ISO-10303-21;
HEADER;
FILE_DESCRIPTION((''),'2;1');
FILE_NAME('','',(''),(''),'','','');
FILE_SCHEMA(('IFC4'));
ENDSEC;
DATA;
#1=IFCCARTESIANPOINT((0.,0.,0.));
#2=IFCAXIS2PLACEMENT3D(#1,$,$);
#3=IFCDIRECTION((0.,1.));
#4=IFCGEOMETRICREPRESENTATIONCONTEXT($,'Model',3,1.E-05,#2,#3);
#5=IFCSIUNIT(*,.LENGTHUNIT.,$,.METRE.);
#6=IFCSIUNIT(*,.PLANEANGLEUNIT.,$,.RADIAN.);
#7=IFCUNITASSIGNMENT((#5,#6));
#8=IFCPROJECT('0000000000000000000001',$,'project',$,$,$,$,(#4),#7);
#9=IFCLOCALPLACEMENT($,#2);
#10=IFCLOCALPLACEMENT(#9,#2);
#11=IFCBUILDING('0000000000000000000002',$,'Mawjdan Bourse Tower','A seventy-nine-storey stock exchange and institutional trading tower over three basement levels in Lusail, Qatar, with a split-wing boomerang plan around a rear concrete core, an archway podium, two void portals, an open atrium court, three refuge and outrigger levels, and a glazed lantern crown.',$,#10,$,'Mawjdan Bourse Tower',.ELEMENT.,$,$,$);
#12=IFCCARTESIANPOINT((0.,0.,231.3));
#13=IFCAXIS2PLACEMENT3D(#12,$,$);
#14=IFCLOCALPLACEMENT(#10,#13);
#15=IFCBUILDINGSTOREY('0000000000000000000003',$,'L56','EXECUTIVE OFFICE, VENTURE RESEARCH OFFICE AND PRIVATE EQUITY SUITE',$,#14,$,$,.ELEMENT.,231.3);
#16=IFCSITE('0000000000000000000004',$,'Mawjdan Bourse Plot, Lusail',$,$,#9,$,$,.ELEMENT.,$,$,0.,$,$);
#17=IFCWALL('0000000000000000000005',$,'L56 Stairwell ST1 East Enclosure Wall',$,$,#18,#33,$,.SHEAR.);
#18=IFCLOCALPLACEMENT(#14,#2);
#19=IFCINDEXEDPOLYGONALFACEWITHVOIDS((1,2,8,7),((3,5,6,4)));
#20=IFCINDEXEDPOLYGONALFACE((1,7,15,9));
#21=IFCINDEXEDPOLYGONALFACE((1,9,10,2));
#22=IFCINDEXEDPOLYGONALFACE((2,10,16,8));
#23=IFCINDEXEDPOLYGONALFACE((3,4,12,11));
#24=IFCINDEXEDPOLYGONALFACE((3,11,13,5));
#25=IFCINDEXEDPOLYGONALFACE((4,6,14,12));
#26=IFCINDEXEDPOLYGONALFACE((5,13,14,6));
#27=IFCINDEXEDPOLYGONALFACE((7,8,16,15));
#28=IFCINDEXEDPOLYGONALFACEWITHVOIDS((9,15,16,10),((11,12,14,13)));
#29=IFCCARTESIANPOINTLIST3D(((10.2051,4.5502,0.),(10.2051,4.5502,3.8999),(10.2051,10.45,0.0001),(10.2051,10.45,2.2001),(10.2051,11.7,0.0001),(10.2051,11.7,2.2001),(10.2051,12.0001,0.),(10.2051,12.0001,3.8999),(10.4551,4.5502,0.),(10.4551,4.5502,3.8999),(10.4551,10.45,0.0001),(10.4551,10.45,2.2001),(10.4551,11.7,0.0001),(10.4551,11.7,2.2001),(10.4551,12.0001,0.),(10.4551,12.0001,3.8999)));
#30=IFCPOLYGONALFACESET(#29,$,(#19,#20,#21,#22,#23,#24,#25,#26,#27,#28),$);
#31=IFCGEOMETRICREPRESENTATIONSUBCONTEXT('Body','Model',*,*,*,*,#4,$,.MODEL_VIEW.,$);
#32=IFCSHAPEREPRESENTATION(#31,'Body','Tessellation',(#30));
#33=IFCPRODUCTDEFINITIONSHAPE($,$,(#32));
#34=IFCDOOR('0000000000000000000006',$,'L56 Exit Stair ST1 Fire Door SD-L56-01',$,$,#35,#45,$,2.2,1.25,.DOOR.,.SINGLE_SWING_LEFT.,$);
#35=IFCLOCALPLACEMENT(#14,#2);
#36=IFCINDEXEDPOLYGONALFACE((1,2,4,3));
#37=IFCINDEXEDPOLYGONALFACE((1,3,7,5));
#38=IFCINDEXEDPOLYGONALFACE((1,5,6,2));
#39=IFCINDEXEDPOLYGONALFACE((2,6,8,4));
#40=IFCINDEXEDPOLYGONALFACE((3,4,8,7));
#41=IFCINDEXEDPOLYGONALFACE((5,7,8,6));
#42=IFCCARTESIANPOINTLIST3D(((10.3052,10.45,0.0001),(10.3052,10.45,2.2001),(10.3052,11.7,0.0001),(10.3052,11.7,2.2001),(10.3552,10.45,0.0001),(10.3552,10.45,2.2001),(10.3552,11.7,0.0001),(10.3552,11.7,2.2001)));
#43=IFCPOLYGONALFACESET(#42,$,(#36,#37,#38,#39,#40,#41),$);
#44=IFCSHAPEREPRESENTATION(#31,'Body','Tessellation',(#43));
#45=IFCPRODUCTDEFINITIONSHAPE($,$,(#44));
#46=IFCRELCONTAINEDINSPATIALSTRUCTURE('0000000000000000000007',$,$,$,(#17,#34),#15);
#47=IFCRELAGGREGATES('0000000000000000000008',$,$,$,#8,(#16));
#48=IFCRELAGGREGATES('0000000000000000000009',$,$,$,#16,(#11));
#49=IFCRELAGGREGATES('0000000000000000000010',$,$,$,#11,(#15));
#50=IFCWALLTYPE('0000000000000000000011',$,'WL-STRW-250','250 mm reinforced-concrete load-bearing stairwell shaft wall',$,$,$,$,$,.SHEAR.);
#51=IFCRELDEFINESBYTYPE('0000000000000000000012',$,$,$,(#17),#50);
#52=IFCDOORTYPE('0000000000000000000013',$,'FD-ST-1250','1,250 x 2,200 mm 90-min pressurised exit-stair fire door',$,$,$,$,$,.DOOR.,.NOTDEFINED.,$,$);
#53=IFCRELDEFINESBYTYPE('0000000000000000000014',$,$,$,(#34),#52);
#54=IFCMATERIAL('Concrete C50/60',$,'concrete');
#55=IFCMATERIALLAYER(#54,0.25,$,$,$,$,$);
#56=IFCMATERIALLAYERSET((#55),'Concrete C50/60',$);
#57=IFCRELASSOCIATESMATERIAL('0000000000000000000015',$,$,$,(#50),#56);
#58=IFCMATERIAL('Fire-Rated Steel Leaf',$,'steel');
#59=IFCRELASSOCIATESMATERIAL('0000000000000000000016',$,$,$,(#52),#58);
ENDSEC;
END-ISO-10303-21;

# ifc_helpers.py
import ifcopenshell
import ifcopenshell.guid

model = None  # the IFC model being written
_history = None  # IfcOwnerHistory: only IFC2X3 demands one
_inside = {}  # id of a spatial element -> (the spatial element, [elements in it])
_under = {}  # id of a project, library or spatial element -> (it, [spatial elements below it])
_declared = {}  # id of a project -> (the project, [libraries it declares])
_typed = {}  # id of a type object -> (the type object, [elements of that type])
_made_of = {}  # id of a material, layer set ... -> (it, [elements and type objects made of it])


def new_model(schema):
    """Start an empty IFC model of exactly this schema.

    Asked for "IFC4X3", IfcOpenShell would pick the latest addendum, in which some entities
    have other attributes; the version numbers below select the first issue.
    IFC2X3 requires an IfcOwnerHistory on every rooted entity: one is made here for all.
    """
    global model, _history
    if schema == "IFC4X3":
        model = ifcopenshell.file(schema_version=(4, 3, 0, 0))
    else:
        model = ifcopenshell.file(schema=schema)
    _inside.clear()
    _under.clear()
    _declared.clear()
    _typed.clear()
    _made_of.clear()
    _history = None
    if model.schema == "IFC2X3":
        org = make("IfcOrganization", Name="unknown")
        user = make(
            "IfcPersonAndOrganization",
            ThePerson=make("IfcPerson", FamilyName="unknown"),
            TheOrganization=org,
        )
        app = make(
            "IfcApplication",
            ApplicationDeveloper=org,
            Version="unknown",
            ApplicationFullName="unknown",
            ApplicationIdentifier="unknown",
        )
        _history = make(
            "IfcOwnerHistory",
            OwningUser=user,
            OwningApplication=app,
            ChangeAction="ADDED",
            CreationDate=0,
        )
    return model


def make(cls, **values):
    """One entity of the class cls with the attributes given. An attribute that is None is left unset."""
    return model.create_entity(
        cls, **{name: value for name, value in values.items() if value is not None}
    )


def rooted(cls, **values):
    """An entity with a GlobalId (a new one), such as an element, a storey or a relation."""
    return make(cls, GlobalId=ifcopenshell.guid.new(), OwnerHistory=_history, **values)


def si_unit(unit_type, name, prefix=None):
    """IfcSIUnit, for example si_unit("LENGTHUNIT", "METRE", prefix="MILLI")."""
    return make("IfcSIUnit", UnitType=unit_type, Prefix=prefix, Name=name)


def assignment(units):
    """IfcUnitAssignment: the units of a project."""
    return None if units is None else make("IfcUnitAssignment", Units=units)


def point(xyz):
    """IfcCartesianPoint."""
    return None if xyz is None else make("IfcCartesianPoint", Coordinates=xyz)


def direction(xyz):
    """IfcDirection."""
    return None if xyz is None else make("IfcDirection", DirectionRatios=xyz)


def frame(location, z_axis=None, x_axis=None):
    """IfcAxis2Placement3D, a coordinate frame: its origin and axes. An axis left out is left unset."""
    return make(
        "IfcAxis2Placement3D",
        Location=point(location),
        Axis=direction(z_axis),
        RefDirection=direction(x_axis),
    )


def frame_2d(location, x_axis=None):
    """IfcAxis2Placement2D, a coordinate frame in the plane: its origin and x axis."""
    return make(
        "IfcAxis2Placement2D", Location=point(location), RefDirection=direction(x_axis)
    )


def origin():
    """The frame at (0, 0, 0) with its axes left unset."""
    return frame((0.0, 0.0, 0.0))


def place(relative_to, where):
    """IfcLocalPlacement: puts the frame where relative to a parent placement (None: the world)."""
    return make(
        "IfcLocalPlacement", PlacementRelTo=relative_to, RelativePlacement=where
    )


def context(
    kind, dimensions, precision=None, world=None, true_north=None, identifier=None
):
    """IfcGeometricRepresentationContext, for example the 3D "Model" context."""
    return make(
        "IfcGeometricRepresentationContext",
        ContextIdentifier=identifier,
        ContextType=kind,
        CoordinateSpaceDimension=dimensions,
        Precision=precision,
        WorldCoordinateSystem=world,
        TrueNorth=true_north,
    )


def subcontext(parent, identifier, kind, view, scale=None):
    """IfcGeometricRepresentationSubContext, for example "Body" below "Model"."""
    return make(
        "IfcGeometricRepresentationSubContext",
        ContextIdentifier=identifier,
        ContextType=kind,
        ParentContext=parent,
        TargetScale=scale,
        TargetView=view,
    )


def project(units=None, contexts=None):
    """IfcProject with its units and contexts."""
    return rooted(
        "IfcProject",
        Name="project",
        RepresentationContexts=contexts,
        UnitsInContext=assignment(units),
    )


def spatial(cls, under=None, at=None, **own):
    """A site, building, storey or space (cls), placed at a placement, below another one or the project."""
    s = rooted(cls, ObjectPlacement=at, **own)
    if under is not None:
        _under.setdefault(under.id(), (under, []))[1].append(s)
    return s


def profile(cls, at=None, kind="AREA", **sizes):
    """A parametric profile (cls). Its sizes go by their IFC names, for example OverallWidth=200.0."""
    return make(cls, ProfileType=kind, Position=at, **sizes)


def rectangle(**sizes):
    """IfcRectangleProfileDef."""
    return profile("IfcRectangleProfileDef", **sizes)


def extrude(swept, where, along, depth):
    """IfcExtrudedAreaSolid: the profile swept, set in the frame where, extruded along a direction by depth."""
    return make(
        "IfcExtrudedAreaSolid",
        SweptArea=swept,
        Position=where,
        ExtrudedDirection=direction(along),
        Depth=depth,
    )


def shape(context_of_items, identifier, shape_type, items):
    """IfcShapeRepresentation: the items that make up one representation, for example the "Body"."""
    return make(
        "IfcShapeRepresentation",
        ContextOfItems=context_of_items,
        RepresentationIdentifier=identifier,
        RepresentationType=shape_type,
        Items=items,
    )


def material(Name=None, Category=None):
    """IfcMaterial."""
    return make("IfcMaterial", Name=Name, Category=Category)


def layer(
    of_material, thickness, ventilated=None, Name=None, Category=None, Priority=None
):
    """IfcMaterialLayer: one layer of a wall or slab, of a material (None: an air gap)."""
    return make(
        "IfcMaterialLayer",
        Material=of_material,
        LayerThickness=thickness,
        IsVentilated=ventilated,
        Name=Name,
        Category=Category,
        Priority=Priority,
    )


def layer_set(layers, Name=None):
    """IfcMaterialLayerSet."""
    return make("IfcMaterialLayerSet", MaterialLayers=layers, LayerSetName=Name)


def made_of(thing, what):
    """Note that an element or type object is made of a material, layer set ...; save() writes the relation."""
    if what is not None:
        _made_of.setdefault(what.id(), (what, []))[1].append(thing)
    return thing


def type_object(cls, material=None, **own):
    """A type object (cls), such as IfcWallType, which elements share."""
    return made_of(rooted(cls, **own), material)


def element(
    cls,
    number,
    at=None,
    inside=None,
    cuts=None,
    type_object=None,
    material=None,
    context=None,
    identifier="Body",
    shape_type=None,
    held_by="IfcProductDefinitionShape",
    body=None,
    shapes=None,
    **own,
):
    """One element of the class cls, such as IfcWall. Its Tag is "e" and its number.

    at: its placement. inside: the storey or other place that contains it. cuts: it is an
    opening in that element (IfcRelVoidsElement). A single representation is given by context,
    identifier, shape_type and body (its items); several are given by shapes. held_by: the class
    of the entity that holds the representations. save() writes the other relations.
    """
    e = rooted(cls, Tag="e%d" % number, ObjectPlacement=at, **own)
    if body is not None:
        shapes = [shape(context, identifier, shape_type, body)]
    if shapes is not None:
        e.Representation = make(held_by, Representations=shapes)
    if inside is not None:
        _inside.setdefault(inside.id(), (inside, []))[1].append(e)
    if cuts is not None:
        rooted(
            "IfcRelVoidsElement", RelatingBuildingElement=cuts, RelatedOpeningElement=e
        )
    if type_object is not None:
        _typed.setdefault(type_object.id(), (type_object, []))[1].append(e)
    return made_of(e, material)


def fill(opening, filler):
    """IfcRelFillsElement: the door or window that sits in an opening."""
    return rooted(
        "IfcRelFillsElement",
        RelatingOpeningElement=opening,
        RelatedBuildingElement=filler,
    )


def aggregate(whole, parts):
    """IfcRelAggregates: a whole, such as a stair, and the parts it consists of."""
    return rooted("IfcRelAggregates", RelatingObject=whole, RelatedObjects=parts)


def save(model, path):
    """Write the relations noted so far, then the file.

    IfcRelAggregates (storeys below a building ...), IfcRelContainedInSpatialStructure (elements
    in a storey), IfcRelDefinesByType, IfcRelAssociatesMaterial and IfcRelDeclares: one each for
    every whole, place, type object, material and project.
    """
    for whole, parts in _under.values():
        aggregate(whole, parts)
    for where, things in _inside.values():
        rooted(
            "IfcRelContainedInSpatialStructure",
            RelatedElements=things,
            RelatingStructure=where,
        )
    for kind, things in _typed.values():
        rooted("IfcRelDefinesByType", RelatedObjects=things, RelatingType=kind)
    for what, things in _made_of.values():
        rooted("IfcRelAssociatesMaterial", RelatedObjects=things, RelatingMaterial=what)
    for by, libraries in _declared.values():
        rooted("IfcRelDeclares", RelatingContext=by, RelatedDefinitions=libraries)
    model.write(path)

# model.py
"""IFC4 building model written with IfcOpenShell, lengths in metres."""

from ifc_helpers import new_model, si_unit, direction, frame, frame_2d, origin, place, context, subcontext, project, spatial, rectangle, extrude, material, layer, layer_set, type_object, element, fill, save


model = new_model("IFC4")

# Units and contexts
model_context = context("Model", 3, precision=1e-05, world=origin(), true_north=direction((0.0, 1.0)))
body_context = subcontext(model_context, "Body", "Model", "MODEL_VIEW")
ifc_project = project(units=[si_unit("LENGTHUNIT", "METRE"), si_unit("PLANEANGLEUNIT", "RADIAN")], contexts=[model_context])

# Site, building, storey
site_placement = place(None, origin())
site = spatial("IfcSite", under=ifc_project, at=site_placement, Name="Mawjdan Bourse Plot, Lusail", CompositionType="ELEMENT", RefElevation=0.0)
building_placement = place(site_placement, origin())
building = spatial("IfcBuilding", under=site, at=building_placement, Name="Mawjdan Bourse Tower", Description="A seventy-nine-storey stock exchange and institutional trading tower over three basement levels in Lusail, Qatar, with a split-wing boomerang plan around a rear concrete core, an archway podium, two void portals, an open atrium court, three refuge and outrigger levels, and a glazed lantern crown.", LongName="Mawjdan Bourse Tower", CompositionType="ELEMENT")
storey_placement = place(building_placement, frame((0.0, 0.0, 231.3)))
storey = spatial("IfcBuildingStorey", under=building, at=storey_placement, Name="L56", Description="EXECUTIVE OFFICE, VENTURE RESEARCH OFFICE AND PRIVATE EQUITY SUITE", CompositionType="ELEMENT", Elevation=231.3)

# Shared definitions
ifc_material_1 = material(Name="Concrete C50/60", Category="concrete")

# Shared definitions
ifc_material_2 = material(Name="Fire-Rated Steel Leaf", Category="steel")

# Wall, opening, door
ifc_layer_1 = layer(ifc_material_1, 0.25)
ifc_layer_set_1 = layer_set([ifc_layer_1], Name="Concrete C50/60")
wall_type_1 = type_object("IfcWallType", Name="WL-STRW-250", Description="250 mm reinforced-concrete load-bearing stairwell shaft wall", PredefinedType="SHEAR", material=ifc_layer_set_1)
wall_1_placement = place(storey_placement, frame((10.3301, 4.55, 0.0), z_axis=(0.0, 0.0, 1.0), x_axis=(0.0, 1.0, 0.0)))
wall_1 = element("IfcWall", 1, at=wall_1_placement, inside=storey, type_object=wall_type_1, Name="L56 Stairwell ST1 East Enclosure Wall", PredefinedType="SHEAR", context=body_context, shape_type="SweptSolid", body=[
    extrude(rectangle(XDim=7.45, YDim=0.25, at=frame_2d((3.7251, 0.0))), origin(), (0.0, 0.0, 1.0), 3.8999),
])
opening_1_placement = place(wall_1_placement, frame((5.8999, 0.0, 0.0)))
opening_1 = element("IfcOpeningElement", 2, at=opening_1_placement, cuts=wall_1, PredefinedType="OPENING", context=body_context, shape_type="SweptSolid", body=[
    extrude(rectangle(XDim=1.25, YDim=2.2, at=frame_2d((0.625, 1.1001))), frame((0.0, 0.135, 0.0), z_axis=(0.0, -1.0, 0.0), x_axis=(1.0, 0.0, 0.0)), (0.0, 0.0, 1.0), 0.27),
])
door_type_1 = type_object("IfcDoorType", Name="FD-ST-1250", Description="1,250 x 2,200 mm 90-min pressurised exit-stair fire door", OperationType="NOTDEFINED", PredefinedType="DOOR", material=ifc_material_2)
door_1_placement = place(opening_1_placement, origin())
door_1 = element("IfcDoor", 3, at=door_1_placement, inside=storey, type_object=door_type_1, Name="L56 Exit Stair ST1 Fire Door SD-L56-01", OperationType="SINGLE_SWING_LEFT", OverallHeight=2.2, OverallWidth=1.25, PredefinedType="DOOR", context=body_context, shape_type="SweptSolid", body=[
    extrude(rectangle(XDim=1.25, YDim=2.2, at=frame_2d((0.625, 1.1001))), frame((0.0, 0.0249, 0.0), z_axis=(0.0, -1.0, 0.0), x_axis=(1.0, 0.0, 0.0)), (0.0, 0.0, 1.0), 0.05),
])
fill(opening_1, door_1)

save(model, "model.ifc")
